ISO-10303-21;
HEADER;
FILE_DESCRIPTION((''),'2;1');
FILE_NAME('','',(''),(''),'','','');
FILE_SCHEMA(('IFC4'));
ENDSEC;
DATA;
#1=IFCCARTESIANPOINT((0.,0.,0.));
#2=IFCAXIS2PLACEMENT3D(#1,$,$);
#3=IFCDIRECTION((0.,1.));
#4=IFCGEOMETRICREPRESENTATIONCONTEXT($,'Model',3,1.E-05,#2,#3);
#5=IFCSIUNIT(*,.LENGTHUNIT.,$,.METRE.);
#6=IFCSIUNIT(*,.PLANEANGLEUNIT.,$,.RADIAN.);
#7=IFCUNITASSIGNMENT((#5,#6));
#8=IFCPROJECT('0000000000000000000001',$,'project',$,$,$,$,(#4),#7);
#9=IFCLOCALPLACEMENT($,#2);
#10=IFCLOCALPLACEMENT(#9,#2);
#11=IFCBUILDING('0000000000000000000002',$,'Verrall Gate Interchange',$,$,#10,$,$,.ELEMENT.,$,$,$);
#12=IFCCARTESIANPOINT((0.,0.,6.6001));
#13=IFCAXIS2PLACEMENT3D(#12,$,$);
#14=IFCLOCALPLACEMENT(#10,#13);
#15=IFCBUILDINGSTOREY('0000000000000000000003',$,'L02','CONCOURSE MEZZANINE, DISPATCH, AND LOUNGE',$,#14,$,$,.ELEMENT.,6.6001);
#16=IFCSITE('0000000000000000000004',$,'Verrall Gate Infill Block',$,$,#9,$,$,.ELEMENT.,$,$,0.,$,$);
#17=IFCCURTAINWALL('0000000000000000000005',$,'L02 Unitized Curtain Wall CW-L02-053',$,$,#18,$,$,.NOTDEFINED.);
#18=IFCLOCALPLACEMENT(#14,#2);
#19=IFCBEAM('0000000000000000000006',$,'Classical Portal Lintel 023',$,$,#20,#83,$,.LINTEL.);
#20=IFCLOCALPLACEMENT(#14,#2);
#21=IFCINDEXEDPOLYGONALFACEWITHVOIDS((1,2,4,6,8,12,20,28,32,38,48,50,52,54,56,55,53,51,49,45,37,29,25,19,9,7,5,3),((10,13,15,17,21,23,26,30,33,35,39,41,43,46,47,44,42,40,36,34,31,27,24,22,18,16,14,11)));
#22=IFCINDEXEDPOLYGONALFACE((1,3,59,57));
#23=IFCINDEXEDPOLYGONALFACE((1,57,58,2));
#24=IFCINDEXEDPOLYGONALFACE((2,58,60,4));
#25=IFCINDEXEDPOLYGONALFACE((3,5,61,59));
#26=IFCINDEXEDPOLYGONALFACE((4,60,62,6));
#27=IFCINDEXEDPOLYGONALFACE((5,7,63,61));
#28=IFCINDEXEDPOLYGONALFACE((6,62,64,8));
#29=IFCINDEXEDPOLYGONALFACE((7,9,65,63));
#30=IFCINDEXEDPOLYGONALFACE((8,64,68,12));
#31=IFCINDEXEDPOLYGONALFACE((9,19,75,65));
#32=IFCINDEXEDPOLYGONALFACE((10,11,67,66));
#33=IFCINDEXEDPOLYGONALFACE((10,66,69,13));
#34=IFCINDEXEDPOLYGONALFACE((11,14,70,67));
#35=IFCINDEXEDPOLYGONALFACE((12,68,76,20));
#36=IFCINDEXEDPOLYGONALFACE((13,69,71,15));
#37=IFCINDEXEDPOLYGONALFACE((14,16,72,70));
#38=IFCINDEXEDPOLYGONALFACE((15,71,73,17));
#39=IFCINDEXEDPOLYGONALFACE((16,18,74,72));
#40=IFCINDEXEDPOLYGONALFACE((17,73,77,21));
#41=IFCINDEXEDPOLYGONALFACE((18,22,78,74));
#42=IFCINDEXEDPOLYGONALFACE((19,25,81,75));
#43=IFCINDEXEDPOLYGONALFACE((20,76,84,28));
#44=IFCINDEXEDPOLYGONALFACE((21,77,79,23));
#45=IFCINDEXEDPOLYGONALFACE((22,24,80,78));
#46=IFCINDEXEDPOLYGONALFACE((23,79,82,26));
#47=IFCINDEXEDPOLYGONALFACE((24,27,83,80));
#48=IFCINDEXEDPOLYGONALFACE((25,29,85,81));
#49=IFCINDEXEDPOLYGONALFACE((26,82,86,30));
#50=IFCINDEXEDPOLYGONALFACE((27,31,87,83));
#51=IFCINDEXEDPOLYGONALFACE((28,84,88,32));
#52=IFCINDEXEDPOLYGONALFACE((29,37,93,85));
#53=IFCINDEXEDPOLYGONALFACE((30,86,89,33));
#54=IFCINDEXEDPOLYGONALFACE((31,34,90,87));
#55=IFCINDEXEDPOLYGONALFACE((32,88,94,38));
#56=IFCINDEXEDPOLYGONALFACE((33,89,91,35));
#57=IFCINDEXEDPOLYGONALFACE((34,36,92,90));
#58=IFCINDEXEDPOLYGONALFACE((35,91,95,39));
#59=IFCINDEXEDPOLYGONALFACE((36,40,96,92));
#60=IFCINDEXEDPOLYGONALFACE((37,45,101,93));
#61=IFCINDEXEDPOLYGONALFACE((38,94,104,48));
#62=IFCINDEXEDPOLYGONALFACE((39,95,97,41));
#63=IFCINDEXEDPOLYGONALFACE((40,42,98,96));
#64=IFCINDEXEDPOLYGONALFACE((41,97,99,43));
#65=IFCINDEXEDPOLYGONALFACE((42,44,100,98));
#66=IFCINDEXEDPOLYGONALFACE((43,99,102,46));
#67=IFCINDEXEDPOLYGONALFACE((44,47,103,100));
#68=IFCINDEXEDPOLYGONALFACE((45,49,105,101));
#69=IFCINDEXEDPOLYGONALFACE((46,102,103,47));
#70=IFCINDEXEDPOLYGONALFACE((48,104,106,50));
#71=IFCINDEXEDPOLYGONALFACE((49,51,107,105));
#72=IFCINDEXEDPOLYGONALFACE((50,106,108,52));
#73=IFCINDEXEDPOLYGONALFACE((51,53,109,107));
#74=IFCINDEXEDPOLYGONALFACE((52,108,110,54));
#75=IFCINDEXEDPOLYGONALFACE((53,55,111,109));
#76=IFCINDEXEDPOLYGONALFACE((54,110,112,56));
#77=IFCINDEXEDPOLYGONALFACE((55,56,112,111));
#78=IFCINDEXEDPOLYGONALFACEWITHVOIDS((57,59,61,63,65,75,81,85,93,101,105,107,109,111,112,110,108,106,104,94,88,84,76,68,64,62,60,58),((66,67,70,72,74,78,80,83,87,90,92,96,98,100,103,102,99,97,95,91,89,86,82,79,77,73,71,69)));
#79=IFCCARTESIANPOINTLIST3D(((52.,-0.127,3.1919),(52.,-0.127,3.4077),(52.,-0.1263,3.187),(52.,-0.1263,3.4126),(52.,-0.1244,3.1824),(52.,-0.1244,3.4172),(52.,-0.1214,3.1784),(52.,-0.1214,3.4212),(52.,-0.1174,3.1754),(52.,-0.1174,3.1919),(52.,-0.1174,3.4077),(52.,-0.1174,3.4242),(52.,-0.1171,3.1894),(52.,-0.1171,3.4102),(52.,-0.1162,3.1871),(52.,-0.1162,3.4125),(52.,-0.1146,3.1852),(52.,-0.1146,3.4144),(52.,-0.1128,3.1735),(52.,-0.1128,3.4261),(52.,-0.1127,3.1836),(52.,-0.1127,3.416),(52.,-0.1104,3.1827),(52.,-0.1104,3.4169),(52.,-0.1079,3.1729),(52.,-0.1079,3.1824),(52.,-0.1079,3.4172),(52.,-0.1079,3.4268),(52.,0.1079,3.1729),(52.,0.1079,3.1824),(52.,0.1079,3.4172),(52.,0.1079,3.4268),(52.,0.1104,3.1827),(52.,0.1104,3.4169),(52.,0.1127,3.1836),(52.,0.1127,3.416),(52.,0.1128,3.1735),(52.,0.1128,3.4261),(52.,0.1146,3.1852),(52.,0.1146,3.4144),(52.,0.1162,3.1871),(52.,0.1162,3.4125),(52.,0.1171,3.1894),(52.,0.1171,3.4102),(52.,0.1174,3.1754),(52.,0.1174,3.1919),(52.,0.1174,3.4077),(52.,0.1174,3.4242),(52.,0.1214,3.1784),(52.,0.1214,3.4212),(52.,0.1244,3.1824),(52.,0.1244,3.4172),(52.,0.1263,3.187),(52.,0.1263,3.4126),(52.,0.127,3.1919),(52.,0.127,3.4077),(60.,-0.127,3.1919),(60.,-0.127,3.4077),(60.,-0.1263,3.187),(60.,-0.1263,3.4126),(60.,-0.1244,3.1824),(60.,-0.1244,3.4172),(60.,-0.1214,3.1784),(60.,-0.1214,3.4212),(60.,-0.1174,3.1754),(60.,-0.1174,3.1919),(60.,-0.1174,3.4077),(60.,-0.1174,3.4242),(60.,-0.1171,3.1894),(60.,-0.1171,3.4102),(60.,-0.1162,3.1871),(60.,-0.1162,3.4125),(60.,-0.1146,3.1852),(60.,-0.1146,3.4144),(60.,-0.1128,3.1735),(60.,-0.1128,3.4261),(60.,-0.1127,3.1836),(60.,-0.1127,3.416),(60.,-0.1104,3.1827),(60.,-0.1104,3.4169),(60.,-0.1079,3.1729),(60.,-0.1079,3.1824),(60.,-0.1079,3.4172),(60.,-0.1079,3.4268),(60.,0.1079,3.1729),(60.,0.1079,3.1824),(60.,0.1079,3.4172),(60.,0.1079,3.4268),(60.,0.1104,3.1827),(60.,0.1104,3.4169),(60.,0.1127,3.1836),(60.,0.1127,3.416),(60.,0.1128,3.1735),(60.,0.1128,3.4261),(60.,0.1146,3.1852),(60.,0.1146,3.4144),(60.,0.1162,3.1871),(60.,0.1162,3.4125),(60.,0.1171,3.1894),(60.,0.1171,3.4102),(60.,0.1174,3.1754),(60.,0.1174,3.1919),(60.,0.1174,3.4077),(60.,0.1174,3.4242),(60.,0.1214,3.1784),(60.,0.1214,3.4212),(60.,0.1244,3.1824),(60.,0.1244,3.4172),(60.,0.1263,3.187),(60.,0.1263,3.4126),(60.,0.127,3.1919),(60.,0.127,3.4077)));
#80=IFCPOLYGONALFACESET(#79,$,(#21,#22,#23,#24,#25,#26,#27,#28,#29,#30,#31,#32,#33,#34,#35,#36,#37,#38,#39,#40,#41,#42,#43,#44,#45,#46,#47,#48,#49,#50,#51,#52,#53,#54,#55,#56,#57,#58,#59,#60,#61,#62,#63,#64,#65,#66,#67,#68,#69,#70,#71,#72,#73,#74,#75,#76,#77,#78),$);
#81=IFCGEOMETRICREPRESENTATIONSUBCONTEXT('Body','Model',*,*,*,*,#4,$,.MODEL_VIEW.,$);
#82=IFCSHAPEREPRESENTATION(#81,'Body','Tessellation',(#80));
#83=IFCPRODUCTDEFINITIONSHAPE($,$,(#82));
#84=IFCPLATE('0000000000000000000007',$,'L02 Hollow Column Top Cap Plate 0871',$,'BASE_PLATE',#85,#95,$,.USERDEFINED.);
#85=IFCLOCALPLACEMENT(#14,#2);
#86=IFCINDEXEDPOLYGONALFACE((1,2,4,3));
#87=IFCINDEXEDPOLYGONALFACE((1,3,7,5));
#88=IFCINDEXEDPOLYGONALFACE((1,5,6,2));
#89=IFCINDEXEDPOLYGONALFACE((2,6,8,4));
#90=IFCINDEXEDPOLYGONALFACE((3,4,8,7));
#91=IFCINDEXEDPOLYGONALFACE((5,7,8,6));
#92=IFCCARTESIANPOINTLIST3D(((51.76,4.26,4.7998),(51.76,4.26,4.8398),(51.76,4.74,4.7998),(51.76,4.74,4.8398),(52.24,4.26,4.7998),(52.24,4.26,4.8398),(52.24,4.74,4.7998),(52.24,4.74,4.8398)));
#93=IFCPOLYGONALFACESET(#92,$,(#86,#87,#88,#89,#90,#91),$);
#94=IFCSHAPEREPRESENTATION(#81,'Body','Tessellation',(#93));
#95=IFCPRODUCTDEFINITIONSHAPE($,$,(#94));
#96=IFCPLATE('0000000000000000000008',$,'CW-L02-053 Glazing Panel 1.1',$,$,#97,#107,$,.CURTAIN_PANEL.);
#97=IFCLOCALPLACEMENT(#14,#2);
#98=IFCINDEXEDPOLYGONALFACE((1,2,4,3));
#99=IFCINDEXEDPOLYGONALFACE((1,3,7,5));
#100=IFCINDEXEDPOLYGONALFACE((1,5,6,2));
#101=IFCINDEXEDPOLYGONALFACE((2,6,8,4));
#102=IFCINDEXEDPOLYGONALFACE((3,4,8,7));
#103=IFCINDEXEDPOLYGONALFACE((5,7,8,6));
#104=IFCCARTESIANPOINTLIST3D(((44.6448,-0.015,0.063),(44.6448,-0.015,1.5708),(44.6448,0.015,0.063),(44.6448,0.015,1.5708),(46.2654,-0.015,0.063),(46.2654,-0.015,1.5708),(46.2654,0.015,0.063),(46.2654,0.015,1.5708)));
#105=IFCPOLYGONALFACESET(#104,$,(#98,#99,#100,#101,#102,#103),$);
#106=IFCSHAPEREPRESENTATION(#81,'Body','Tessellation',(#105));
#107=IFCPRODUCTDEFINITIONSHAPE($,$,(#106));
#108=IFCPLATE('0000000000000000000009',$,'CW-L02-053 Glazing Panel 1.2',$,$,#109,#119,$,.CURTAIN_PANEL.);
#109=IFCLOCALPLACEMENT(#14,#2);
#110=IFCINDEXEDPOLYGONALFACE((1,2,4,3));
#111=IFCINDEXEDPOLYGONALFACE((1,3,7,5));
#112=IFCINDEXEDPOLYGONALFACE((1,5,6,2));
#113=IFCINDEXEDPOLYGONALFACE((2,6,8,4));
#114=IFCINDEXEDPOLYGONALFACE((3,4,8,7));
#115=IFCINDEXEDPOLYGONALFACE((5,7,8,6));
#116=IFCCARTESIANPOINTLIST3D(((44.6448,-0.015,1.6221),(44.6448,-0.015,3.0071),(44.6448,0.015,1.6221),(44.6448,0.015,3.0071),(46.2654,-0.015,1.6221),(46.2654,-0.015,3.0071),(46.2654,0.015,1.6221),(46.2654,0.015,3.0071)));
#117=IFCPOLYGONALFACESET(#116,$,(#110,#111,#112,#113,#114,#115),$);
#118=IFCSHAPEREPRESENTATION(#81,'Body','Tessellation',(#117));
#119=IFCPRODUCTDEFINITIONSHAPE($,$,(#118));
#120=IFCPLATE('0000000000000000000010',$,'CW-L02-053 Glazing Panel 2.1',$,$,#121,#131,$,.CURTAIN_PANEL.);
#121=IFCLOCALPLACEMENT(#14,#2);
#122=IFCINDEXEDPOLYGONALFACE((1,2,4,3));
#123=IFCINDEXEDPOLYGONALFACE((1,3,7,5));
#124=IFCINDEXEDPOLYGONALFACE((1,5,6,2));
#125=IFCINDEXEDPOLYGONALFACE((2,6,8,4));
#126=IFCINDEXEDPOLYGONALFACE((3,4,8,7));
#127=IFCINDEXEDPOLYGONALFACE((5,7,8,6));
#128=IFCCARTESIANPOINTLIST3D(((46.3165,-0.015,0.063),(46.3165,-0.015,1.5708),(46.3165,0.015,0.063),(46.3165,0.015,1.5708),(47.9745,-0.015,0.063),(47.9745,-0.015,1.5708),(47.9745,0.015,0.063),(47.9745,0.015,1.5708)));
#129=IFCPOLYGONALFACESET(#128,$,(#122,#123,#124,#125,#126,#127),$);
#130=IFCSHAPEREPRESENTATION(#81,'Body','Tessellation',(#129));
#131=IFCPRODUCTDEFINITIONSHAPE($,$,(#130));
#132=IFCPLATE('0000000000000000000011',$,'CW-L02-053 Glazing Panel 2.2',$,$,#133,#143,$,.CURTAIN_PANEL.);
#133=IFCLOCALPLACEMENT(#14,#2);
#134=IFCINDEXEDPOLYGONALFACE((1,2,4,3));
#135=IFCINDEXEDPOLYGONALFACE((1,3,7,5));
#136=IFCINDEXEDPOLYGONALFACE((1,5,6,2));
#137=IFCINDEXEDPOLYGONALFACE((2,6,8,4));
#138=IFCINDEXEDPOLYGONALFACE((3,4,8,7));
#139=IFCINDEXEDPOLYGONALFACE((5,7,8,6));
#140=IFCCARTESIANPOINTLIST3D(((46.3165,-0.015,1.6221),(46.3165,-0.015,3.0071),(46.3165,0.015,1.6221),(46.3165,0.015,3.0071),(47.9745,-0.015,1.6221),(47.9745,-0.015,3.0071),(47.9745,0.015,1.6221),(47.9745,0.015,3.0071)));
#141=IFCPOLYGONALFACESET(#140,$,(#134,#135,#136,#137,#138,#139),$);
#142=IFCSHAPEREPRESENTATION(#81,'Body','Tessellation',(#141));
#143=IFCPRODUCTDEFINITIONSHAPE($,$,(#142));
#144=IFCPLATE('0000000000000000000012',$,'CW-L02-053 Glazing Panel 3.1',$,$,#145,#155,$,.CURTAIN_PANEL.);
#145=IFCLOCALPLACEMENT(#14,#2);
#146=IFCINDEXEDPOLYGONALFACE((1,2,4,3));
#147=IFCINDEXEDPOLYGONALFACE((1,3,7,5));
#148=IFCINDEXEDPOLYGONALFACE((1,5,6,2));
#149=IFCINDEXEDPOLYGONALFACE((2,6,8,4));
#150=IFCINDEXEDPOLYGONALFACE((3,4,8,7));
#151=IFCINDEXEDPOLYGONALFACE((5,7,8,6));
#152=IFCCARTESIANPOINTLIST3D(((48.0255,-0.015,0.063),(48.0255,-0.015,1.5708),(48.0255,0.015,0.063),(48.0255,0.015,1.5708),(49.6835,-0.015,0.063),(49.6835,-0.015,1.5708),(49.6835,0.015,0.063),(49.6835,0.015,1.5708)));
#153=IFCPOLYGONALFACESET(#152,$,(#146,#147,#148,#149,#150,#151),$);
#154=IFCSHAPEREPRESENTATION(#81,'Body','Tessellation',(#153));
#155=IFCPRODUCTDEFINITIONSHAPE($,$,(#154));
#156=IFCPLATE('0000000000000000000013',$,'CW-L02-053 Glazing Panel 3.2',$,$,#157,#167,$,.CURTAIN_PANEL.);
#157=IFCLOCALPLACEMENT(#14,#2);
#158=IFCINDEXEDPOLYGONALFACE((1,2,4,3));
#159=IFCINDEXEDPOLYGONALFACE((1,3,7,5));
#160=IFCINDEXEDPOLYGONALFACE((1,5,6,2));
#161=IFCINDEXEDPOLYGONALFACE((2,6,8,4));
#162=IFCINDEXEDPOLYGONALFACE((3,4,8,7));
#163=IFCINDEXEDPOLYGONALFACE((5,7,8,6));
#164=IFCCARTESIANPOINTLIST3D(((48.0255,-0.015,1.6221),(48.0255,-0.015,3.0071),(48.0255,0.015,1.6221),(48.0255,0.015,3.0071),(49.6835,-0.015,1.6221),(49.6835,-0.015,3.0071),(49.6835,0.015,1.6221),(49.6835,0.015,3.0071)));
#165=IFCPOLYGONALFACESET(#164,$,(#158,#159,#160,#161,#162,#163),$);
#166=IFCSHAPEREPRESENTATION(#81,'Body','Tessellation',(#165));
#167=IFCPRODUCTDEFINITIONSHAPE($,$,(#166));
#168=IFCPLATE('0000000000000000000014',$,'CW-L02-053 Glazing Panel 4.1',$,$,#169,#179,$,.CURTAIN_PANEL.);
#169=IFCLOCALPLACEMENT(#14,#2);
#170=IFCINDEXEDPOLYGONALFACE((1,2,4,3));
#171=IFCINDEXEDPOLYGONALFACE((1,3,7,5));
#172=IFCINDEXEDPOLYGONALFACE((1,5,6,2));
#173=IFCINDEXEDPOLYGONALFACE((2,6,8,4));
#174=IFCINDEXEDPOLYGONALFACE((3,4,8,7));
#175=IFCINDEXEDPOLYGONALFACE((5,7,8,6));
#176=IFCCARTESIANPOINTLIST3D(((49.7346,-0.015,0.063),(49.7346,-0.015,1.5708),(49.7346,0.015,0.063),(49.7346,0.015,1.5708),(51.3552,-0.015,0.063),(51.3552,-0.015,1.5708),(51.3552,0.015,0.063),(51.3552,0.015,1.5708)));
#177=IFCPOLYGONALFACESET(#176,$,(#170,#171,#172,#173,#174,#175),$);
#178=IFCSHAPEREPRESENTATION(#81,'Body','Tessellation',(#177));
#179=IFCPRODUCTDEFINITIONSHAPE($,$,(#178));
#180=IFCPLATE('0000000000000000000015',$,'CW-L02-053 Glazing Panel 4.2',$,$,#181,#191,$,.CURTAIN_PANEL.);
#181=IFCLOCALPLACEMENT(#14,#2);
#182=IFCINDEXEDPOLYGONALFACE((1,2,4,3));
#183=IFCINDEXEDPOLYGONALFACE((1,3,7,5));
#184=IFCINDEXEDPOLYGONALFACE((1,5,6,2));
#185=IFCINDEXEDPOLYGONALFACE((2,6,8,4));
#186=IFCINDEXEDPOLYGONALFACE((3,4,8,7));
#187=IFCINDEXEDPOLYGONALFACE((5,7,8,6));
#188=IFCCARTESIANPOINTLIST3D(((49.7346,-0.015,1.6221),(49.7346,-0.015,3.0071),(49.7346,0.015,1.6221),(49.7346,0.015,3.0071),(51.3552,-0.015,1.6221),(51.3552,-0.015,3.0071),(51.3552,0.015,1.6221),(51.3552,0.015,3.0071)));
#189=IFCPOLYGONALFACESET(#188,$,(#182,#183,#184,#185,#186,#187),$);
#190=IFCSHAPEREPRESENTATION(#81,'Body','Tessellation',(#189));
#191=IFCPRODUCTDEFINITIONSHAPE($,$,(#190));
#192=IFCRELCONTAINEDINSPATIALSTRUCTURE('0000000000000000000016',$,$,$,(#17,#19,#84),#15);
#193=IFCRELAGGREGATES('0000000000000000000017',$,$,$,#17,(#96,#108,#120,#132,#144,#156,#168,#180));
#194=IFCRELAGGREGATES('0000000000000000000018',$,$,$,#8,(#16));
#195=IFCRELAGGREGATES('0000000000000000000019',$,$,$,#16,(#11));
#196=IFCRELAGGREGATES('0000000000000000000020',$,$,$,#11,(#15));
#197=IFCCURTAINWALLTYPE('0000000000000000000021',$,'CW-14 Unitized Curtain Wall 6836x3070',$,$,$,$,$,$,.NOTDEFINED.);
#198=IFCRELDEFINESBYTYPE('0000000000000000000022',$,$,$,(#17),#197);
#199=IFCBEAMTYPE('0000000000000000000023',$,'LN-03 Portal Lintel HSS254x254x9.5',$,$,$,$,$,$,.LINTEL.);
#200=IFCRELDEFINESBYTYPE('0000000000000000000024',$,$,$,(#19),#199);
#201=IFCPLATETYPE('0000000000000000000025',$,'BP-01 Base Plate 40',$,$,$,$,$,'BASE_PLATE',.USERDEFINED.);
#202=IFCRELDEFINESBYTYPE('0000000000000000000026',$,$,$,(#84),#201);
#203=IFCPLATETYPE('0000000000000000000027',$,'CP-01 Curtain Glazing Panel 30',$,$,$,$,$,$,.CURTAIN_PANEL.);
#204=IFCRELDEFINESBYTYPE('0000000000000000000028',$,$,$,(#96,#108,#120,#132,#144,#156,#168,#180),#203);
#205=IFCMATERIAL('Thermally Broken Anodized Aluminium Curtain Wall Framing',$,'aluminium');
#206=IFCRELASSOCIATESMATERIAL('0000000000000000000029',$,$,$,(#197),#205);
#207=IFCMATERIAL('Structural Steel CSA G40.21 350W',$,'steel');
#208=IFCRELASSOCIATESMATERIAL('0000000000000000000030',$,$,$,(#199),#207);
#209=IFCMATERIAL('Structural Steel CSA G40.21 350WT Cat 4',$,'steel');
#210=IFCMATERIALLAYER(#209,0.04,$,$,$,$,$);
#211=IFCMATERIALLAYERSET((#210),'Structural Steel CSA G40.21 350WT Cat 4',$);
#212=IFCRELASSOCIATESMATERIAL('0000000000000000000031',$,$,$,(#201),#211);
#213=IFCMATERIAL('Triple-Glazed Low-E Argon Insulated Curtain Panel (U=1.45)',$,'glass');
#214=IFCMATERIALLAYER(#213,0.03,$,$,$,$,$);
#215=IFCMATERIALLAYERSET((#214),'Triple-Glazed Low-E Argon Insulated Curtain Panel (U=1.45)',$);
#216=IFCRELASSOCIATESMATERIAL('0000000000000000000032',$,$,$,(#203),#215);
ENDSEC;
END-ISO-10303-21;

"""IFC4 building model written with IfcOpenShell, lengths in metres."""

from ifc_helpers import new_model, si_unit, direction, frame, origin, origin_2d, place, context, subcontext, project, spatial, rectangle, hollow_rectangle, extrude, material, layer, layer_set, material_profile, profile_set, type_object, element, aggregate, save


model = new_model("IFC4")

# Units and contexts
model_context = context("Model", 3, precision=1e-05, world=origin(), true_north=direction((0.0, 1.0)))
body_context = subcontext(model_context, "Body", "Model", "MODEL_VIEW")
ifc_project = project(units=[si_unit("LENGTHUNIT", "METRE"), si_unit("PLANEANGLEUNIT", "RADIAN")], contexts=[model_context])

# Site, building, storey
site_placement = place(None, origin())
site = spatial("IfcSite", under=ifc_project, at=site_placement, Name="Verrall Gate Infill Block", CompositionType="ELEMENT", RefElevation=0.0)
building_placement = place(site_placement, origin())
building = spatial("IfcBuilding", under=site, at=building_placement, Name="Verrall Gate Interchange", CompositionType="ELEMENT")
storey_placement = place(building_placement, frame((0.0, 0.0, 6.6001)))
storey = spatial("IfcBuildingStorey", under=building, at=storey_placement, Name="L02", Description="CONCOURSE MEZZANINE, DISPATCH, AND LOUNGE", CompositionType="ELEMENT", Elevation=6.6001)

# Curtain wall
ifc_material_1 = material(Name="Thermally Broken Anodized Aluminium Curtain Wall Framing", Category="aluminium")
curtain_wall_type = type_object("IfcCurtainWallType", Name="CW-14 Unitized Curtain Wall 6836x3070", PredefinedType="NOTDEFINED", material=ifc_material_1)
curtain_wall_1_placement = place(storey_placement, origin())
curtain_wall_1 = element("IfcCurtainWall", 1, at=curtain_wall_1_placement, inside=storey, type_object=curtain_wall_type, Name="L02 Unitized Curtain Wall CW-L02-053", PredefinedType="NOTDEFINED")

# Beam
ifc_material_2 = material(Name="Structural Steel CSA G40.21 350W", Category="steel")
ifc_material_profile_1 = material_profile(ifc_material_2, hollow_rectangle(XDim=0.2539, YDim=0.2539, WallThickness=0.0095, InnerFilletRadius=0.0095, OuterFilletRadius=0.019, at=origin_2d()), Name="HSS254x254x9.5")
ifc_profile_set_1 = profile_set([ifc_material_profile_1], Name="Structural Steel CSA G40.21 350W")
beam_type_1 = type_object("IfcBeamType", Name="LN-03 Portal Lintel HSS254x254x9.5", PredefinedType="LINTEL", material=ifc_profile_set_1)
beam_1_placement = place(storey_placement, frame((52.0, 0.0, 3.2998), z_axis=(1.0, 0.0, 0.0), x_axis=(0.0, 1.0, 0.0)))
element("IfcBeam", 2, at=beam_1_placement, inside=storey, type_object=beam_type_1, Name="Classical Portal Lintel 023", PredefinedType="LINTEL", context=body_context, shape_type="SweptSolid", body=[
    extrude(hollow_rectangle(XDim=0.2539, YDim=0.2539, WallThickness=0.0095, InnerFilletRadius=0.0095, OuterFilletRadius=0.019, at=origin_2d()), origin(), (0.0, 0.0, 1.0), 8.0),
])

# Plates
ifc_material_3 = material(Name="Structural Steel CSA G40.21 350WT Cat 4", Category="steel")
ifc_layer_1 = layer(ifc_material_3, 0.04)
ifc_layer_set_1 = layer_set([ifc_layer_1], Name="Structural Steel CSA G40.21 350WT Cat 4")
plate_type_1 = type_object("IfcPlateType", Name="BP-01 Base Plate 40", ElementType="BASE_PLATE", PredefinedType="USERDEFINED", material=ifc_layer_set_1)
plate_1_placement = place(storey_placement, frame((52.0, 4.5, 4.7998), z_axis=(0.0, 0.0, 1.0), x_axis=(1.0, 0.0, 0.0)))
element("IfcPlate", 3, at=plate_1_placement, inside=storey, type_object=plate_type_1, Name="L02 Hollow Column Top Cap Plate 0871", ObjectType="BASE_PLATE", PredefinedType="USERDEFINED", context=body_context, shape_type="SweptSolid", body=[
    extrude(rectangle(XDim=0.48, YDim=0.48, at=origin_2d()), origin(), (0.0, 0.0, 1.0), 0.04),
])
ifc_material_4 = material(Name="Triple-Glazed Low-E Argon Insulated Curtain Panel (U=1.45)", Category="glass")
ifc_layer_2 = layer(ifc_material_4, 0.03)
ifc_layer_set_2 = layer_set([ifc_layer_2], Name="Triple-Glazed Low-E Argon Insulated Curtain Panel (U=1.45)")
plate_type_2 = type_object("IfcPlateType", Name="CP-01 Curtain Glazing Panel 30", PredefinedType="CURTAIN_PANEL", material=ifc_layer_set_2)
plate_2_placement = place(storey_placement, frame((45.4551, 0.0, 0.063), z_axis=(0.0, 0.0, 1.0), x_axis=(1.0, 0.0, 0.0)))
plate_2 = element("IfcPlate", 4, at=plate_2_placement, type_object=plate_type_2, Name="CW-L02-053 Glazing Panel 1.1", PredefinedType="CURTAIN_PANEL", context=body_context, shape_type="SweptSolid", body=[
    extrude(rectangle(XDim=1.6206, YDim=0.03, at=origin_2d()), origin(), (0.0, 0.0, 1.0), 1.5078),
])
plate_3_placement = place(storey_placement, frame((45.4551, 0.0, 1.6221), z_axis=(0.0, 0.0, 1.0), x_axis=(1.0, 0.0, 0.0)))
plate_3 = element("IfcPlate", 5, at=plate_3_placement, type_object=plate_type_2, Name="CW-L02-053 Glazing Panel 1.2", PredefinedType="CURTAIN_PANEL", context=body_context, shape_type="SweptSolid", body=[
    extrude(rectangle(XDim=1.6206, YDim=0.03, at=origin_2d()), origin(), (0.0, 0.0, 1.0), 1.385),
])
plate_4_placement = place(storey_placement, frame((47.1455, 0.0, 0.063), z_axis=(0.0, 0.0, 1.0), x_axis=(1.0, 0.0, 0.0)))
plate_4 = element("IfcPlate", 6, at=plate_4_placement, type_object=plate_type_2, Name="CW-L02-053 Glazing Panel 2.1", PredefinedType="CURTAIN_PANEL", context=body_context, shape_type="SweptSolid", body=[
    extrude(rectangle(XDim=1.658, YDim=0.03, at=origin_2d()), origin(), (0.0, 0.0, 1.0), 1.5078),
])
plate_5_placement = place(storey_placement, frame((47.1455, 0.0, 1.6221), z_axis=(0.0, 0.0, 1.0), x_axis=(1.0, 0.0, 0.0)))
plate_5 = element("IfcPlate", 7, at=plate_5_placement, type_object=plate_type_2, Name="CW-L02-053 Glazing Panel 2.2", PredefinedType="CURTAIN_PANEL", context=body_context, shape_type="SweptSolid", body=[
    extrude(rectangle(XDim=1.658, YDim=0.03, at=origin_2d()), origin(), (0.0, 0.0, 1.0), 1.385),
])
plate_6_placement = place(storey_placement, frame((48.8545, 0.0, 0.063), z_axis=(0.0, 0.0, 1.0), x_axis=(1.0, 0.0, 0.0)))
plate_6 = element("IfcPlate", 8, at=plate_6_placement, type_object=plate_type_2, Name="CW-L02-053 Glazing Panel 3.1", PredefinedType="CURTAIN_PANEL", context=body_context, shape_type="SweptSolid", body=[
    extrude(rectangle(XDim=1.658, YDim=0.03, at=origin_2d()), origin(), (0.0, 0.0, 1.0), 1.5078),
])
plate_7_placement = place(storey_placement, frame((48.8545, 0.0, 1.6221), z_axis=(0.0, 0.0, 1.0), x_axis=(1.0, 0.0, 0.0)))
plate_7 = element("IfcPlate", 9, at=plate_7_placement, type_object=plate_type_2, Name="CW-L02-053 Glazing Panel 3.2", PredefinedType="CURTAIN_PANEL", context=body_context, shape_type="SweptSolid", body=[
    extrude(rectangle(XDim=1.658, YDim=0.03, at=origin_2d()), origin(), (0.0, 0.0, 1.0), 1.385),
])
plate_8_placement = place(storey_placement, frame((50.5449, 0.0, 0.063), z_axis=(0.0, 0.0, 1.0), x_axis=(1.0, 0.0, 0.0)))
plate_8 = element("IfcPlate", 10, at=plate_8_placement, type_object=plate_type_2, Name="CW-L02-053 Glazing Panel 4.1", PredefinedType="CURTAIN_PANEL", context=body_context, shape_type="SweptSolid", body=[
    extrude(rectangle(XDim=1.6206, YDim=0.03, at=origin_2d()), origin(), (0.0, 0.0, 1.0), 1.5078),
])
plate_9_placement = place(storey_placement, frame((50.5449, 0.0, 1.6221), z_axis=(0.0, 0.0, 1.0), x_axis=(1.0, 0.0, 0.0)))
plate_9 = element("IfcPlate", 11, at=plate_9_placement, type_object=plate_type_2, Name="CW-L02-053 Glazing Panel 4.2", PredefinedType="CURTAIN_PANEL", context=body_context, shape_type="SweptSolid", body=[
    extrude(rectangle(XDim=1.6206, YDim=0.03, at=origin_2d()), origin(), (0.0, 0.0, 1.0), 1.385),
])
aggregate(curtain_wall_1, [plate_2, plate_3, plate_4, plate_5, plate_6, plate_7, plate_8, plate_9])

save(model, "model.ifc")
